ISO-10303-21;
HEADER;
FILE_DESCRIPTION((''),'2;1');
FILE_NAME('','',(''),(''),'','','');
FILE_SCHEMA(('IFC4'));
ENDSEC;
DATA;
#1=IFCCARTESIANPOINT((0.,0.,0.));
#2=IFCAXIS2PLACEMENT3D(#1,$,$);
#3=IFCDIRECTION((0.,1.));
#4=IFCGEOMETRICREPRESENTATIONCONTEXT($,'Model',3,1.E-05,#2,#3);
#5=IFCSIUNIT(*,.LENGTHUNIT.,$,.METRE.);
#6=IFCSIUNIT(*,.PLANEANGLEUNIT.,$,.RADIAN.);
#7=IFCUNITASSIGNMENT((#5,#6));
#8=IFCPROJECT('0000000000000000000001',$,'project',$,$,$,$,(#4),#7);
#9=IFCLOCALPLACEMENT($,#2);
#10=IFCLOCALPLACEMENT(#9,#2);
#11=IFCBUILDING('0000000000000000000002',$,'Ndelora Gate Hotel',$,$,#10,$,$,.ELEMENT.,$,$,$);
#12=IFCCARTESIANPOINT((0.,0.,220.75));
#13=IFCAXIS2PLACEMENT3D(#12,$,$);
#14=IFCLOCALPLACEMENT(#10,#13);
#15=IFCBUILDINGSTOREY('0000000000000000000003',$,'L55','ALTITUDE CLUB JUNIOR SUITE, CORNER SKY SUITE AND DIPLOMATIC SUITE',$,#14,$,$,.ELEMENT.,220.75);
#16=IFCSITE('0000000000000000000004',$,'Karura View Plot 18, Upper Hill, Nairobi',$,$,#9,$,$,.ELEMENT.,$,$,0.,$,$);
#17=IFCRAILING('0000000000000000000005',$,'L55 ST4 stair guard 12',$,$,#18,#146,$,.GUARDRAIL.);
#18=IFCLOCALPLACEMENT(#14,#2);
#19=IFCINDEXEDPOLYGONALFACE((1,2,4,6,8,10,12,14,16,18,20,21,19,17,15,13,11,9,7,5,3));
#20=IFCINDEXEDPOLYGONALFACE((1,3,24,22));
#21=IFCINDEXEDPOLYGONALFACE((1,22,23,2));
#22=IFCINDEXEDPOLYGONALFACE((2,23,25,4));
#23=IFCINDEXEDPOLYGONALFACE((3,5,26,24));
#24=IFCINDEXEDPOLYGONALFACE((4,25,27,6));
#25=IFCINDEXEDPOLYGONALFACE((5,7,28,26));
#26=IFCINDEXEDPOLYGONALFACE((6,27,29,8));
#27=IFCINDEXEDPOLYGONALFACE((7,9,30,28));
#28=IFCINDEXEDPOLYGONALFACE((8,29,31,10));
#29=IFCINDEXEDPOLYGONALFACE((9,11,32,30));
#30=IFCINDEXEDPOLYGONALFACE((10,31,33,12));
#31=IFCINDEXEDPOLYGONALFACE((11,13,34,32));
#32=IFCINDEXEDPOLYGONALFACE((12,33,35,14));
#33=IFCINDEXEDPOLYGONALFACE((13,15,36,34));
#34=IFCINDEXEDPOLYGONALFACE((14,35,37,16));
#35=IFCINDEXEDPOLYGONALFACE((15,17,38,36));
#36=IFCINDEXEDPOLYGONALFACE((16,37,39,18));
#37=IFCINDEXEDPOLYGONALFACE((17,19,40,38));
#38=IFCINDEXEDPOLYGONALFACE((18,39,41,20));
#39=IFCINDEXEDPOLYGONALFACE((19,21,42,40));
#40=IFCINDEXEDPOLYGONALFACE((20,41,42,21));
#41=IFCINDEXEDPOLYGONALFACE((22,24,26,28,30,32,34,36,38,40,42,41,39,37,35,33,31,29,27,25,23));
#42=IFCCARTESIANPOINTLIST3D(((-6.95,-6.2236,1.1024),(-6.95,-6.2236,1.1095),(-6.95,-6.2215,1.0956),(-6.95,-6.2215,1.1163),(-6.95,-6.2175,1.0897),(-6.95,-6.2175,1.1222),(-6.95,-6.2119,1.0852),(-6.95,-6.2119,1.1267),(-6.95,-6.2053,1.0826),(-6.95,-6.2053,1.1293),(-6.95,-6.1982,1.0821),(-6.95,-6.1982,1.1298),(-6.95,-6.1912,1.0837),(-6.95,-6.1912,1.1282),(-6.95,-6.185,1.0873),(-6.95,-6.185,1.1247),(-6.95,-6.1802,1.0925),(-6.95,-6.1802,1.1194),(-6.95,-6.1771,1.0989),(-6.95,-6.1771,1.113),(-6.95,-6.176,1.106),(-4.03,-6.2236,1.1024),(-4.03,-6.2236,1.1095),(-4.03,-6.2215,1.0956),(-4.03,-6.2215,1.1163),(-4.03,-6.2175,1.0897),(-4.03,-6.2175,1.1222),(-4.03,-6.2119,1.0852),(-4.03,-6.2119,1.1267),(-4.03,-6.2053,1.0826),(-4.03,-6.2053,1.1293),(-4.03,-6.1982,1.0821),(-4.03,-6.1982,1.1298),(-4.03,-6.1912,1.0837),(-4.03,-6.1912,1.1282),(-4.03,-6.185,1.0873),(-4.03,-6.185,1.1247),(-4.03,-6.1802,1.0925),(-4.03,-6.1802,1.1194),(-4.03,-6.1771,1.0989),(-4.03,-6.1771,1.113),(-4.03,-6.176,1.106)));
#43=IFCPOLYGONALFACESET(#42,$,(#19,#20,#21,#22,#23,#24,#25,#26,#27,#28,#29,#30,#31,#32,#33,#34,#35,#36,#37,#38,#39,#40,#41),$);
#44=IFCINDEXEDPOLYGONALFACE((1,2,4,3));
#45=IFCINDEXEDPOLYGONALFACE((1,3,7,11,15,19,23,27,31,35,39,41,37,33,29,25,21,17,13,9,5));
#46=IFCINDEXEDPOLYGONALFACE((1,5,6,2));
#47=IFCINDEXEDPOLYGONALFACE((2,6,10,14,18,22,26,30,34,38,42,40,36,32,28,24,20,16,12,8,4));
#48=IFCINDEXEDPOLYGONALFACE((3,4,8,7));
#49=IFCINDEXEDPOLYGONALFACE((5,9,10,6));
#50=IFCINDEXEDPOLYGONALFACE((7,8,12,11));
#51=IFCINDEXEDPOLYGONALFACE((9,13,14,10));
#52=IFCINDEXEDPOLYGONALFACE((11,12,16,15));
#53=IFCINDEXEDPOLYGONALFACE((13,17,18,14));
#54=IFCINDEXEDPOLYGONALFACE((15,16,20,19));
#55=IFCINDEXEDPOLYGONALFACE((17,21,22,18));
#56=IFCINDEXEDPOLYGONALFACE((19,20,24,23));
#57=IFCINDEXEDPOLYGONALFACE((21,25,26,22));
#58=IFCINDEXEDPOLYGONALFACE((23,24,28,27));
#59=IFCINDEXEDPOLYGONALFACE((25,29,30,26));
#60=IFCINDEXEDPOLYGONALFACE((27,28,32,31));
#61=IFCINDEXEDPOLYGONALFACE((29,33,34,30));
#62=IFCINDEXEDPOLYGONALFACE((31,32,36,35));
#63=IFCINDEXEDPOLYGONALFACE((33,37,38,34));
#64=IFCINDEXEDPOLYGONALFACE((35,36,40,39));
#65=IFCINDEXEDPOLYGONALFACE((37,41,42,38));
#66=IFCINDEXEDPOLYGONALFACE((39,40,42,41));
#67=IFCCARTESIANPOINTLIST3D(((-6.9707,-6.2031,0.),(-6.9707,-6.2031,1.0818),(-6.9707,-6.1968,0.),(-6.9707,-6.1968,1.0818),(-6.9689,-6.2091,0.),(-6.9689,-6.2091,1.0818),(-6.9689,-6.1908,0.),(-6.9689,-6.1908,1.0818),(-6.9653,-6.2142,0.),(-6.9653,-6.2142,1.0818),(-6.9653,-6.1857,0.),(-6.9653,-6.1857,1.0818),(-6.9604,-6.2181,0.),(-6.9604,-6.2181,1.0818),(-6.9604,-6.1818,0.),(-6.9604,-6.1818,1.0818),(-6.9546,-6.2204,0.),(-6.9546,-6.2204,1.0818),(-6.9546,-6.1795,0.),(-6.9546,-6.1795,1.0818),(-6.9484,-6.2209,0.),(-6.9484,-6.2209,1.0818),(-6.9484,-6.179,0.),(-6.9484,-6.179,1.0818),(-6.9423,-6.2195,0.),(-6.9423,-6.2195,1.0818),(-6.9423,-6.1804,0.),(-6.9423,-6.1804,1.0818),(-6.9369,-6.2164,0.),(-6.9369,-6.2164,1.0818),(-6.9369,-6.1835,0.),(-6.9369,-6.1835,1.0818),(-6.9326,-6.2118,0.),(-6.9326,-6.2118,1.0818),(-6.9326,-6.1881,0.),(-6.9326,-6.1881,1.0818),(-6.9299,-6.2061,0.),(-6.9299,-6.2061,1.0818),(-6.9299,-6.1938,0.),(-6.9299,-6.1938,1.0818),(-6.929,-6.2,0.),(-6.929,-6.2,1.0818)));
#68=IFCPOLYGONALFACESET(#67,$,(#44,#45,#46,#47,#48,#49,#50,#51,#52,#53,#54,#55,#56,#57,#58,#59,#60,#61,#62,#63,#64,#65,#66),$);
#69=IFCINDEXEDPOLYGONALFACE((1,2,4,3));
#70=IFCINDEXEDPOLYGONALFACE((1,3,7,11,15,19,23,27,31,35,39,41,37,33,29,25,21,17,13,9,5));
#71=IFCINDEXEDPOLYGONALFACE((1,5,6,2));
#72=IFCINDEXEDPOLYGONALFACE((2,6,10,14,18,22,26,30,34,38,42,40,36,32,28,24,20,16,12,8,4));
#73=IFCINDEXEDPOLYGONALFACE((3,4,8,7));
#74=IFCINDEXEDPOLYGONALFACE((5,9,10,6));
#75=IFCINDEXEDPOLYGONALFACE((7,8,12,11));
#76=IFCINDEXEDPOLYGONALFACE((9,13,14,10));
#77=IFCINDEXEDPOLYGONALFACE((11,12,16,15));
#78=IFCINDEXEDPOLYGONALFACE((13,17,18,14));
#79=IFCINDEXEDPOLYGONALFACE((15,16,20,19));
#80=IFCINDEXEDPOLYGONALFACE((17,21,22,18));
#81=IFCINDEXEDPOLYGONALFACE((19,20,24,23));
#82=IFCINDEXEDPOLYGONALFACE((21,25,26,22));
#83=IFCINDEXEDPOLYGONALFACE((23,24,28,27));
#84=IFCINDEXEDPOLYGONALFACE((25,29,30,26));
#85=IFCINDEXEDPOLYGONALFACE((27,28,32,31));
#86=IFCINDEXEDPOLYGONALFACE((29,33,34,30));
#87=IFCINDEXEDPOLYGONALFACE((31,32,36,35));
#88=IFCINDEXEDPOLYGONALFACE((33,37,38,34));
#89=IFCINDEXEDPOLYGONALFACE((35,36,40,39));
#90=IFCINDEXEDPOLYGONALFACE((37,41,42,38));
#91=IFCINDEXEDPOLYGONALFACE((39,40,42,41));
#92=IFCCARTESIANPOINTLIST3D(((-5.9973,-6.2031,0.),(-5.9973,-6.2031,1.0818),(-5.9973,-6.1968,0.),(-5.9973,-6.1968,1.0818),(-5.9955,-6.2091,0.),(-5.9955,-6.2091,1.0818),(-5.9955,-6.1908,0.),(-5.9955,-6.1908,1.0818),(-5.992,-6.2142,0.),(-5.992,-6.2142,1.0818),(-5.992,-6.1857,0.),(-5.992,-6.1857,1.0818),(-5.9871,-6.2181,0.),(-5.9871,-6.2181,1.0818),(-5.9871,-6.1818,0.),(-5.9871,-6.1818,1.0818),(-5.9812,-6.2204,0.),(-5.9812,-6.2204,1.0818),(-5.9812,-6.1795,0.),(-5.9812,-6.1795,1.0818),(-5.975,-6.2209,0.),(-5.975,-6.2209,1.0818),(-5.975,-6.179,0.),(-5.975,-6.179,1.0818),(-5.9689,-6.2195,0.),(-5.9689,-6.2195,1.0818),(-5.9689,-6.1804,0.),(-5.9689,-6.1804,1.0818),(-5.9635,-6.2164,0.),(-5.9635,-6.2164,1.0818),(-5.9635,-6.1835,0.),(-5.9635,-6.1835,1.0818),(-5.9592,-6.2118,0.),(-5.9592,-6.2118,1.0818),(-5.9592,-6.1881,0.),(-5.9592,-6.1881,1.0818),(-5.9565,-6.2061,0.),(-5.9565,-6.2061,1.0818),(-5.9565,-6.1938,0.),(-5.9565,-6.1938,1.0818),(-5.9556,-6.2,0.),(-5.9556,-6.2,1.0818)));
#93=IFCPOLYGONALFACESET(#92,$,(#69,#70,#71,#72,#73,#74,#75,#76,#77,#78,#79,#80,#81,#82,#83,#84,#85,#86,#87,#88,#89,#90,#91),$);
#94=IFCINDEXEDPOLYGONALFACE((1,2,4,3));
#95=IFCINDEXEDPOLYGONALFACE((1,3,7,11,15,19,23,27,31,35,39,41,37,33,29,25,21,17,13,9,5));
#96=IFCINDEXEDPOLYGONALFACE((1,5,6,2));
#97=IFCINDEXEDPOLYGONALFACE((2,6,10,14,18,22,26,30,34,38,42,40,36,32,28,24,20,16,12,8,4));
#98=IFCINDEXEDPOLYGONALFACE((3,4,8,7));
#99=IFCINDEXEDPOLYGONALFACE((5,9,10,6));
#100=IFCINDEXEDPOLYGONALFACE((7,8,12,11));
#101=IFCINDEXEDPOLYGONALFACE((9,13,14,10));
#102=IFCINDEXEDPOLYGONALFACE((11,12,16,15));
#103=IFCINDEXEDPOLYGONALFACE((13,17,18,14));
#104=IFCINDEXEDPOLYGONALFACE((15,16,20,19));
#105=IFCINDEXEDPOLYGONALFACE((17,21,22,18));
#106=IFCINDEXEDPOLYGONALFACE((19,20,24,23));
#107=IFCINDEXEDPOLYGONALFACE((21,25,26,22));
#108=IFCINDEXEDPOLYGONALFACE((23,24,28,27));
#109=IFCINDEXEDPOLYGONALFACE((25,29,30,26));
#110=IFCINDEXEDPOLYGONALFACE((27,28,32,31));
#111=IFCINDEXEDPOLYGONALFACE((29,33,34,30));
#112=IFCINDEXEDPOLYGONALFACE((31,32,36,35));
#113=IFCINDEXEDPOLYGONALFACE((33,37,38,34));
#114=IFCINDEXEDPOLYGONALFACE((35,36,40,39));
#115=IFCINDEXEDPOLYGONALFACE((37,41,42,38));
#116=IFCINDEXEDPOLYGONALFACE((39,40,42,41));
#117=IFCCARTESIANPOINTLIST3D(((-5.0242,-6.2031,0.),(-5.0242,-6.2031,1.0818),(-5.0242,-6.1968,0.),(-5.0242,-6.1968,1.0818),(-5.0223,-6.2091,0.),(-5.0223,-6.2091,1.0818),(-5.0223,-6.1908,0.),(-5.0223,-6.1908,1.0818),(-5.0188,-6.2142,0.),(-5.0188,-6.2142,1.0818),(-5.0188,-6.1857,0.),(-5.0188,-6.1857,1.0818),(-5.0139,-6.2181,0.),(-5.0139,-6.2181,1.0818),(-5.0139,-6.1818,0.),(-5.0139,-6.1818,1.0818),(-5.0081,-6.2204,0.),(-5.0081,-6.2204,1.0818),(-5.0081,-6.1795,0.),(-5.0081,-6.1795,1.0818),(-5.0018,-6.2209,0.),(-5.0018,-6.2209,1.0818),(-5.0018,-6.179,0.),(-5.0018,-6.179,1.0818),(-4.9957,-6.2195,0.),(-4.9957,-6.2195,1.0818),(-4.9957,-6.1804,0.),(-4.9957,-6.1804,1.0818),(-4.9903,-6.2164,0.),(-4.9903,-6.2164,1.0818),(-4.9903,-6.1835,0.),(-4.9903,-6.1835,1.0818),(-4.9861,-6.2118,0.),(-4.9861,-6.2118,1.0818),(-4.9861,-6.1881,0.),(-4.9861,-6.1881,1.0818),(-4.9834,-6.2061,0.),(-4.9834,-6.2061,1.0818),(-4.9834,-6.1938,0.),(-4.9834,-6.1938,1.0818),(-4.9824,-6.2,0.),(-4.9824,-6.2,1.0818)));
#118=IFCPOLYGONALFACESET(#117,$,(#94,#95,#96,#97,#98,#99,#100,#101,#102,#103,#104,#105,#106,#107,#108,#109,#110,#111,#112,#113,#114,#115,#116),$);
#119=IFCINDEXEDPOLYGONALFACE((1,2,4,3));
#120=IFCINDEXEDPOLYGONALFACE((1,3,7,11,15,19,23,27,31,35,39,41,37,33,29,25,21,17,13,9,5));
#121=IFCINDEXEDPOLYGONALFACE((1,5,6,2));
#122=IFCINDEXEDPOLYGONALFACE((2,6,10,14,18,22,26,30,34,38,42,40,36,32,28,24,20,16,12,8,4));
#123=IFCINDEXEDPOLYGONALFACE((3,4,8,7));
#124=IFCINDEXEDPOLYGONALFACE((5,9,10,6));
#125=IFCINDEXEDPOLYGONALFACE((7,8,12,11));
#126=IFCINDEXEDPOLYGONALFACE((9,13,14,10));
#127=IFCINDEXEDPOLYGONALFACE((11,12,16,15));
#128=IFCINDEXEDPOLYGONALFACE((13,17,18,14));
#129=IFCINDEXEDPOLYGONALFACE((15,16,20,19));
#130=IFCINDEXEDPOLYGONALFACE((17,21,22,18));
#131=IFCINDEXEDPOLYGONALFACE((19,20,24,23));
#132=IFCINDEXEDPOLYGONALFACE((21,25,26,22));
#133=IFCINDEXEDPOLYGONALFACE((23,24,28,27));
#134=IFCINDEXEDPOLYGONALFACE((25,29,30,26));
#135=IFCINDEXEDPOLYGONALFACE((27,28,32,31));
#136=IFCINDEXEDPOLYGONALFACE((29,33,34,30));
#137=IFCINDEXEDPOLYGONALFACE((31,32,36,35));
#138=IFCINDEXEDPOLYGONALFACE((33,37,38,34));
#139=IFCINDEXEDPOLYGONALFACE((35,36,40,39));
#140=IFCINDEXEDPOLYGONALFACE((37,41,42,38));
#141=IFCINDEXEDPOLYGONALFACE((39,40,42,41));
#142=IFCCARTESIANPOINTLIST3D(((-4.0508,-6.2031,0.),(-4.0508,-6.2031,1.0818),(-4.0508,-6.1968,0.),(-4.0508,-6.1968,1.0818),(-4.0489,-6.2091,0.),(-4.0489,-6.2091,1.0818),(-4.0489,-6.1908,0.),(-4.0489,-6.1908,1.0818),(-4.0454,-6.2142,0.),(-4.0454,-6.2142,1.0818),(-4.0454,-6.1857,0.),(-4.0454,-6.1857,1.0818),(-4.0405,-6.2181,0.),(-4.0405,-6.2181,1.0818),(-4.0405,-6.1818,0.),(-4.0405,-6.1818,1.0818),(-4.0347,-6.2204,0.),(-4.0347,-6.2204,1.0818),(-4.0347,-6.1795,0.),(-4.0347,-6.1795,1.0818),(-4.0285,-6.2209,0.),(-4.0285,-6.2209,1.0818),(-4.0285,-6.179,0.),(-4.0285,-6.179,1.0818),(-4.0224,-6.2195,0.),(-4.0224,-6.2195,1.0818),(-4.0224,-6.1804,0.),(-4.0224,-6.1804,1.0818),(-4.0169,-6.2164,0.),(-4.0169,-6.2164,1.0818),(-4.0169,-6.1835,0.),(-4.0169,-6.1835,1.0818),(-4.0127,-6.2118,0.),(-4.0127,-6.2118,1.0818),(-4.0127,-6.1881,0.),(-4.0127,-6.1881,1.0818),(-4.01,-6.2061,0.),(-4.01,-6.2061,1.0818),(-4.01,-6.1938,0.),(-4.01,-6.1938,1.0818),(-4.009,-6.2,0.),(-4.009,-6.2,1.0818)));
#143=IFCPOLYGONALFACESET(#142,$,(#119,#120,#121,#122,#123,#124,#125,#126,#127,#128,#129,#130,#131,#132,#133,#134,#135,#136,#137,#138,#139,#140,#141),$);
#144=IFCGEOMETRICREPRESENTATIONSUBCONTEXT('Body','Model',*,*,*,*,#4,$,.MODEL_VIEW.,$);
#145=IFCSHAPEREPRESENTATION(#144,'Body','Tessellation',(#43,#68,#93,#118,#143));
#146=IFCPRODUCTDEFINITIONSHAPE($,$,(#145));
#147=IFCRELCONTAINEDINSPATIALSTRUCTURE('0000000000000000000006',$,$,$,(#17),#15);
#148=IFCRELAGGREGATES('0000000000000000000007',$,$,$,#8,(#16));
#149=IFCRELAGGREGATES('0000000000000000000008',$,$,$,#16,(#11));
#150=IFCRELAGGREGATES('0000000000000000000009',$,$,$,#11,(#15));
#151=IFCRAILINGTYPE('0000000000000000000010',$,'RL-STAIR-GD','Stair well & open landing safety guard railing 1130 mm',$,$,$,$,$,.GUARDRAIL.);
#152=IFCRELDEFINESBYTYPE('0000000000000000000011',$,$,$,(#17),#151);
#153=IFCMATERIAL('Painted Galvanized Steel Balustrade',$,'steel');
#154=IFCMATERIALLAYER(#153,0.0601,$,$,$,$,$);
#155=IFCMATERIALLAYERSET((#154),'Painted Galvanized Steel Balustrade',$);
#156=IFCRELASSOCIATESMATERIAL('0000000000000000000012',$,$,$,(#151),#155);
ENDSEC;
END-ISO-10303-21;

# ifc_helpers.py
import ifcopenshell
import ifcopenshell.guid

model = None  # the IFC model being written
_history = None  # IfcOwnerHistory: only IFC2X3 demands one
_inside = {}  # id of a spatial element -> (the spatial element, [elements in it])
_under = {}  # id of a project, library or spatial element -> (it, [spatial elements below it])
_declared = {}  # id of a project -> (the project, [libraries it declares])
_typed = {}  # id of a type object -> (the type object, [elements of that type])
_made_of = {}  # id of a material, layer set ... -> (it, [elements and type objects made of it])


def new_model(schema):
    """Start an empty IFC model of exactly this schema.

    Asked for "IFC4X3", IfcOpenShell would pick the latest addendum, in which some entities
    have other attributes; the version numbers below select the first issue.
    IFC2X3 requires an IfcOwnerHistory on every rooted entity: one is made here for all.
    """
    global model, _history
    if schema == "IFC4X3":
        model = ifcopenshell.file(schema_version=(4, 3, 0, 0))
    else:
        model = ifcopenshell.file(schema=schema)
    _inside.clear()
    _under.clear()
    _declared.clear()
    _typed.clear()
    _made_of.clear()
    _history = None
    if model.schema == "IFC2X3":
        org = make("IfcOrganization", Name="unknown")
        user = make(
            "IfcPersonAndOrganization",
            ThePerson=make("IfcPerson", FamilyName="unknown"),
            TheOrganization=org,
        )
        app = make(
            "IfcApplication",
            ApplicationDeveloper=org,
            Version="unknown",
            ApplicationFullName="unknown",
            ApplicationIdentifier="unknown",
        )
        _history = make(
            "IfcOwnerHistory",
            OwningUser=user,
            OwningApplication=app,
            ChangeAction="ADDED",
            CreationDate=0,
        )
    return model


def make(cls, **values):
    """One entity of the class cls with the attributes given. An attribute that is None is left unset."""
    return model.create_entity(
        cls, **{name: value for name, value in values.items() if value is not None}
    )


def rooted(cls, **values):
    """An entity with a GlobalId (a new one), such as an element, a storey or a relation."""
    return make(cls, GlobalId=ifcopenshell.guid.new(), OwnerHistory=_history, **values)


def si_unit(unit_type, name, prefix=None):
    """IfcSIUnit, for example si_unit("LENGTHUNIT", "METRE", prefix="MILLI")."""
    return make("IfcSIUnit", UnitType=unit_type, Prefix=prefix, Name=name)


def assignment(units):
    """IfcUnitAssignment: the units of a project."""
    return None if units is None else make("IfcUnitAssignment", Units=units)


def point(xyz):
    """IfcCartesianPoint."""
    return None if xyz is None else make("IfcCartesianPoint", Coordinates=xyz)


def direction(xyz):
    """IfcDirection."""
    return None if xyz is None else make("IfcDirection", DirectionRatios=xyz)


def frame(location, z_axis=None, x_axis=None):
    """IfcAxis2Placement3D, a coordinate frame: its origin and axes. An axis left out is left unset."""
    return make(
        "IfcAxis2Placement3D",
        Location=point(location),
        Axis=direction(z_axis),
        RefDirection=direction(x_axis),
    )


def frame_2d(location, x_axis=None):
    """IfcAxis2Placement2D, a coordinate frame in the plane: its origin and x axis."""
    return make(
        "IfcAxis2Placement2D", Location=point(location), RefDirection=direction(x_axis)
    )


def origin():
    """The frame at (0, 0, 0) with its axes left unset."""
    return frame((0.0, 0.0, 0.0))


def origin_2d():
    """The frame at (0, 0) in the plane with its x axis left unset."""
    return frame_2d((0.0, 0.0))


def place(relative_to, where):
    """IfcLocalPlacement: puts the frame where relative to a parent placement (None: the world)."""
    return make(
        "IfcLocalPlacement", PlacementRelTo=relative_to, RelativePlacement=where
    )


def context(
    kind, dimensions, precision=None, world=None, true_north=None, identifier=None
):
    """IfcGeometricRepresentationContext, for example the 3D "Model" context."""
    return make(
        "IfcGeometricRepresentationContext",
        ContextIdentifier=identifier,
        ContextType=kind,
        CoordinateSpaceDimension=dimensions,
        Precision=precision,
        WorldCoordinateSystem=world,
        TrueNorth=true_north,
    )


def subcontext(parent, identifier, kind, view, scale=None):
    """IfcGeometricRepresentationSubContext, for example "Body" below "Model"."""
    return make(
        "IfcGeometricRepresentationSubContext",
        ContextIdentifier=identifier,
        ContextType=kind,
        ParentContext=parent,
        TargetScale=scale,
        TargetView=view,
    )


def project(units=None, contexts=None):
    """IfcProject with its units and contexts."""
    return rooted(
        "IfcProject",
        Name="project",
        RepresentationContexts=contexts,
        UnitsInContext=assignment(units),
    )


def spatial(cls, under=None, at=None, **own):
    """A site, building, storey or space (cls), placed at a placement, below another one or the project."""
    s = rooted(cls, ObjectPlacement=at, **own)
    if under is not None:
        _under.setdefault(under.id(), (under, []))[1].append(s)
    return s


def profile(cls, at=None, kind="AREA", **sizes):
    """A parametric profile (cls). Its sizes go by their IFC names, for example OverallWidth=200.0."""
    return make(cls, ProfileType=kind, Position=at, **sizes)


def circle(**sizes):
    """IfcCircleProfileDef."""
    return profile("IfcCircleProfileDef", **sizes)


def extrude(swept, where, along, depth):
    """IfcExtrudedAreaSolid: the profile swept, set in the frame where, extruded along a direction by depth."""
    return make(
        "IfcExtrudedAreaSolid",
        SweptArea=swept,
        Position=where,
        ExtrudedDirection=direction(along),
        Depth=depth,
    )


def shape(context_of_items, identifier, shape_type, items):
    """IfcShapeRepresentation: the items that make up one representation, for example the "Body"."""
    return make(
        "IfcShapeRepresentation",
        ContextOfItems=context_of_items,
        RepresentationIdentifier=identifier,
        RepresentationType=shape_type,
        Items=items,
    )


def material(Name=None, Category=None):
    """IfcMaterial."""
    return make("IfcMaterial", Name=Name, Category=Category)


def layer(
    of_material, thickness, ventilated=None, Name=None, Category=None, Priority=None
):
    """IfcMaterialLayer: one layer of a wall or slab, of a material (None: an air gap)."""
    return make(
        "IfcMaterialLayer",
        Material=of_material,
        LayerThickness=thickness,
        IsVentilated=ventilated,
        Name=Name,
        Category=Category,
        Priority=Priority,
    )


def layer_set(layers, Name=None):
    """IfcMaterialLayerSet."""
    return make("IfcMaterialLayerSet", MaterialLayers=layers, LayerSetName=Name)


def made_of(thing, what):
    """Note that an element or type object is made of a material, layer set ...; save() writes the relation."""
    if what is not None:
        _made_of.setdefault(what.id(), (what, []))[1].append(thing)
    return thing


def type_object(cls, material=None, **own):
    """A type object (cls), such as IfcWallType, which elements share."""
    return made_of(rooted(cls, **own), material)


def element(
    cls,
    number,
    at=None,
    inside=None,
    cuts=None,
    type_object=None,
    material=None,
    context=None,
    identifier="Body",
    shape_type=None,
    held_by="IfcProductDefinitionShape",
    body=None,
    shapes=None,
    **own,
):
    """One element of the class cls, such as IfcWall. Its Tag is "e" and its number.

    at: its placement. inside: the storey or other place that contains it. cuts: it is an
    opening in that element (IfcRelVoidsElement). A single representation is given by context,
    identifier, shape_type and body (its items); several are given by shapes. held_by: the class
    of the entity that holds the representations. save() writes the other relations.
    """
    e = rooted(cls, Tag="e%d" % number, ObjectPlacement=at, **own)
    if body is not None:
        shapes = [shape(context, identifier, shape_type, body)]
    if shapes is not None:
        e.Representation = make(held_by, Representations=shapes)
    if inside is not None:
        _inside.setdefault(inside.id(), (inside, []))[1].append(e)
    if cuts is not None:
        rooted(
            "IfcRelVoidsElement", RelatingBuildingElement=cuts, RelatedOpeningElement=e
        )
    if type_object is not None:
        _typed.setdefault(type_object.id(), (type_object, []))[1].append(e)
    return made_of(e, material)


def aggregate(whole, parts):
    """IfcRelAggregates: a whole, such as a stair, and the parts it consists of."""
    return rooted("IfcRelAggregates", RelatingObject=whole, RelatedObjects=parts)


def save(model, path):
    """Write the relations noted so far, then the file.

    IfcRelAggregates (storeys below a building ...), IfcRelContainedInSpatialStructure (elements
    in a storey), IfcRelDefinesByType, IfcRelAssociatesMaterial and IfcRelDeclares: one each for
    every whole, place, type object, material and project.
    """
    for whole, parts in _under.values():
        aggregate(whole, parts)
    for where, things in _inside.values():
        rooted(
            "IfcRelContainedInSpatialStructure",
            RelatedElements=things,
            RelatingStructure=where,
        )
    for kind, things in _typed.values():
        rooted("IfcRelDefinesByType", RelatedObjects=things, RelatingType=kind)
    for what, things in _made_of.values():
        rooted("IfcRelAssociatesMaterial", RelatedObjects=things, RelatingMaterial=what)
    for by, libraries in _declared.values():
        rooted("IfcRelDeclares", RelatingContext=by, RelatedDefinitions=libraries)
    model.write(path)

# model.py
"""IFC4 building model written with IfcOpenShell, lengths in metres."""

from ifc_helpers import new_model, si_unit, direction, frame, origin, origin_2d, place, context, subcontext, project, spatial, circle, extrude, material, layer, layer_set, type_object, element, save


model = new_model("IFC4")

# Units and contexts
model_context = context("Model", 3, precision=1e-05, world=origin(), true_north=direction((0.0, 1.0)))
body_context = subcontext(model_context, "Body", "Model", "MODEL_VIEW")
ifc_project = project(units=[si_unit("LENGTHUNIT", "METRE"), si_unit("PLANEANGLEUNIT", "RADIAN")], contexts=[model_context])

# Site, building, storey
site_placement = place(None, origin())
site = spatial("IfcSite", under=ifc_project, at=site_placement, Name="Karura View Plot 18, Upper Hill, Nairobi", CompositionType="ELEMENT", RefElevation=0.0)
building_placement = place(site_placement, origin())
building = spatial("IfcBuilding", under=site, at=building_placement, Name="Ndelora Gate Hotel", CompositionType="ELEMENT")
storey_placement = place(building_placement, frame((0.0, 0.0, 220.75)))
storey = spatial("IfcBuildingStorey", under=building, at=storey_placement, Name="L55", Description="ALTITUDE CLUB JUNIOR SUITE, CORNER SKY SUITE AND DIPLOMATIC SUITE", CompositionType="ELEMENT", Elevation=220.75)

# Railing
ifc_material_1 = material(Name="Painted Galvanized Steel Balustrade", Category="steel")
ifc_layer_1 = layer(ifc_material_1, 0.0601)
ifc_layer_set_1 = layer_set([ifc_layer_1], Name="Painted Galvanized Steel Balustrade")
railing_type_1 = type_object("IfcRailingType", Name="RL-STAIR-GD", Description="Stair well & open landing safety guard railing 1130 mm", PredefinedType="GUARDRAIL", material=ifc_layer_set_1)
railing_1_placement = place(storey_placement, frame((-6.95, -6.2, 0.0)))
element("IfcRailing", 1, at=railing_1_placement, inside=storey, type_object=railing_type_1, Name="L55 ST4 stair guard 12", PredefinedType="GUARDRAIL", context=body_context, shape_type="SweptSolid", body=[
    extrude(circle(Radius=0.0239, at=origin_2d()), frame((0.0, 0.0, 1.106), z_axis=(1.0, 0.0, 0.0), x_axis=(0.0, 1.0, 0.0)), (0.0, 0.0, 1.0), 2.9199),
    extrude(circle(Radius=0.021, at=origin_2d()), origin(), (0.0, 0.0, 1.0), 1.0818),
    extrude(circle(Radius=0.021, at=origin_2d()), frame((0.9734, 0.0, 0.0)), (0.0, 0.0, 1.0), 1.0818),
    extrude(circle(Radius=0.021, at=origin_2d()), frame((1.9465, 0.0, 0.0)), (0.0, 0.0, 1.0), 1.0818),
    extrude(circle(Radius=0.021, at=origin_2d()), frame((2.9199, 0.0, 0.0)), (0.0, 0.0, 1.0), 1.0818),
])

save(model, "model.ifc")
